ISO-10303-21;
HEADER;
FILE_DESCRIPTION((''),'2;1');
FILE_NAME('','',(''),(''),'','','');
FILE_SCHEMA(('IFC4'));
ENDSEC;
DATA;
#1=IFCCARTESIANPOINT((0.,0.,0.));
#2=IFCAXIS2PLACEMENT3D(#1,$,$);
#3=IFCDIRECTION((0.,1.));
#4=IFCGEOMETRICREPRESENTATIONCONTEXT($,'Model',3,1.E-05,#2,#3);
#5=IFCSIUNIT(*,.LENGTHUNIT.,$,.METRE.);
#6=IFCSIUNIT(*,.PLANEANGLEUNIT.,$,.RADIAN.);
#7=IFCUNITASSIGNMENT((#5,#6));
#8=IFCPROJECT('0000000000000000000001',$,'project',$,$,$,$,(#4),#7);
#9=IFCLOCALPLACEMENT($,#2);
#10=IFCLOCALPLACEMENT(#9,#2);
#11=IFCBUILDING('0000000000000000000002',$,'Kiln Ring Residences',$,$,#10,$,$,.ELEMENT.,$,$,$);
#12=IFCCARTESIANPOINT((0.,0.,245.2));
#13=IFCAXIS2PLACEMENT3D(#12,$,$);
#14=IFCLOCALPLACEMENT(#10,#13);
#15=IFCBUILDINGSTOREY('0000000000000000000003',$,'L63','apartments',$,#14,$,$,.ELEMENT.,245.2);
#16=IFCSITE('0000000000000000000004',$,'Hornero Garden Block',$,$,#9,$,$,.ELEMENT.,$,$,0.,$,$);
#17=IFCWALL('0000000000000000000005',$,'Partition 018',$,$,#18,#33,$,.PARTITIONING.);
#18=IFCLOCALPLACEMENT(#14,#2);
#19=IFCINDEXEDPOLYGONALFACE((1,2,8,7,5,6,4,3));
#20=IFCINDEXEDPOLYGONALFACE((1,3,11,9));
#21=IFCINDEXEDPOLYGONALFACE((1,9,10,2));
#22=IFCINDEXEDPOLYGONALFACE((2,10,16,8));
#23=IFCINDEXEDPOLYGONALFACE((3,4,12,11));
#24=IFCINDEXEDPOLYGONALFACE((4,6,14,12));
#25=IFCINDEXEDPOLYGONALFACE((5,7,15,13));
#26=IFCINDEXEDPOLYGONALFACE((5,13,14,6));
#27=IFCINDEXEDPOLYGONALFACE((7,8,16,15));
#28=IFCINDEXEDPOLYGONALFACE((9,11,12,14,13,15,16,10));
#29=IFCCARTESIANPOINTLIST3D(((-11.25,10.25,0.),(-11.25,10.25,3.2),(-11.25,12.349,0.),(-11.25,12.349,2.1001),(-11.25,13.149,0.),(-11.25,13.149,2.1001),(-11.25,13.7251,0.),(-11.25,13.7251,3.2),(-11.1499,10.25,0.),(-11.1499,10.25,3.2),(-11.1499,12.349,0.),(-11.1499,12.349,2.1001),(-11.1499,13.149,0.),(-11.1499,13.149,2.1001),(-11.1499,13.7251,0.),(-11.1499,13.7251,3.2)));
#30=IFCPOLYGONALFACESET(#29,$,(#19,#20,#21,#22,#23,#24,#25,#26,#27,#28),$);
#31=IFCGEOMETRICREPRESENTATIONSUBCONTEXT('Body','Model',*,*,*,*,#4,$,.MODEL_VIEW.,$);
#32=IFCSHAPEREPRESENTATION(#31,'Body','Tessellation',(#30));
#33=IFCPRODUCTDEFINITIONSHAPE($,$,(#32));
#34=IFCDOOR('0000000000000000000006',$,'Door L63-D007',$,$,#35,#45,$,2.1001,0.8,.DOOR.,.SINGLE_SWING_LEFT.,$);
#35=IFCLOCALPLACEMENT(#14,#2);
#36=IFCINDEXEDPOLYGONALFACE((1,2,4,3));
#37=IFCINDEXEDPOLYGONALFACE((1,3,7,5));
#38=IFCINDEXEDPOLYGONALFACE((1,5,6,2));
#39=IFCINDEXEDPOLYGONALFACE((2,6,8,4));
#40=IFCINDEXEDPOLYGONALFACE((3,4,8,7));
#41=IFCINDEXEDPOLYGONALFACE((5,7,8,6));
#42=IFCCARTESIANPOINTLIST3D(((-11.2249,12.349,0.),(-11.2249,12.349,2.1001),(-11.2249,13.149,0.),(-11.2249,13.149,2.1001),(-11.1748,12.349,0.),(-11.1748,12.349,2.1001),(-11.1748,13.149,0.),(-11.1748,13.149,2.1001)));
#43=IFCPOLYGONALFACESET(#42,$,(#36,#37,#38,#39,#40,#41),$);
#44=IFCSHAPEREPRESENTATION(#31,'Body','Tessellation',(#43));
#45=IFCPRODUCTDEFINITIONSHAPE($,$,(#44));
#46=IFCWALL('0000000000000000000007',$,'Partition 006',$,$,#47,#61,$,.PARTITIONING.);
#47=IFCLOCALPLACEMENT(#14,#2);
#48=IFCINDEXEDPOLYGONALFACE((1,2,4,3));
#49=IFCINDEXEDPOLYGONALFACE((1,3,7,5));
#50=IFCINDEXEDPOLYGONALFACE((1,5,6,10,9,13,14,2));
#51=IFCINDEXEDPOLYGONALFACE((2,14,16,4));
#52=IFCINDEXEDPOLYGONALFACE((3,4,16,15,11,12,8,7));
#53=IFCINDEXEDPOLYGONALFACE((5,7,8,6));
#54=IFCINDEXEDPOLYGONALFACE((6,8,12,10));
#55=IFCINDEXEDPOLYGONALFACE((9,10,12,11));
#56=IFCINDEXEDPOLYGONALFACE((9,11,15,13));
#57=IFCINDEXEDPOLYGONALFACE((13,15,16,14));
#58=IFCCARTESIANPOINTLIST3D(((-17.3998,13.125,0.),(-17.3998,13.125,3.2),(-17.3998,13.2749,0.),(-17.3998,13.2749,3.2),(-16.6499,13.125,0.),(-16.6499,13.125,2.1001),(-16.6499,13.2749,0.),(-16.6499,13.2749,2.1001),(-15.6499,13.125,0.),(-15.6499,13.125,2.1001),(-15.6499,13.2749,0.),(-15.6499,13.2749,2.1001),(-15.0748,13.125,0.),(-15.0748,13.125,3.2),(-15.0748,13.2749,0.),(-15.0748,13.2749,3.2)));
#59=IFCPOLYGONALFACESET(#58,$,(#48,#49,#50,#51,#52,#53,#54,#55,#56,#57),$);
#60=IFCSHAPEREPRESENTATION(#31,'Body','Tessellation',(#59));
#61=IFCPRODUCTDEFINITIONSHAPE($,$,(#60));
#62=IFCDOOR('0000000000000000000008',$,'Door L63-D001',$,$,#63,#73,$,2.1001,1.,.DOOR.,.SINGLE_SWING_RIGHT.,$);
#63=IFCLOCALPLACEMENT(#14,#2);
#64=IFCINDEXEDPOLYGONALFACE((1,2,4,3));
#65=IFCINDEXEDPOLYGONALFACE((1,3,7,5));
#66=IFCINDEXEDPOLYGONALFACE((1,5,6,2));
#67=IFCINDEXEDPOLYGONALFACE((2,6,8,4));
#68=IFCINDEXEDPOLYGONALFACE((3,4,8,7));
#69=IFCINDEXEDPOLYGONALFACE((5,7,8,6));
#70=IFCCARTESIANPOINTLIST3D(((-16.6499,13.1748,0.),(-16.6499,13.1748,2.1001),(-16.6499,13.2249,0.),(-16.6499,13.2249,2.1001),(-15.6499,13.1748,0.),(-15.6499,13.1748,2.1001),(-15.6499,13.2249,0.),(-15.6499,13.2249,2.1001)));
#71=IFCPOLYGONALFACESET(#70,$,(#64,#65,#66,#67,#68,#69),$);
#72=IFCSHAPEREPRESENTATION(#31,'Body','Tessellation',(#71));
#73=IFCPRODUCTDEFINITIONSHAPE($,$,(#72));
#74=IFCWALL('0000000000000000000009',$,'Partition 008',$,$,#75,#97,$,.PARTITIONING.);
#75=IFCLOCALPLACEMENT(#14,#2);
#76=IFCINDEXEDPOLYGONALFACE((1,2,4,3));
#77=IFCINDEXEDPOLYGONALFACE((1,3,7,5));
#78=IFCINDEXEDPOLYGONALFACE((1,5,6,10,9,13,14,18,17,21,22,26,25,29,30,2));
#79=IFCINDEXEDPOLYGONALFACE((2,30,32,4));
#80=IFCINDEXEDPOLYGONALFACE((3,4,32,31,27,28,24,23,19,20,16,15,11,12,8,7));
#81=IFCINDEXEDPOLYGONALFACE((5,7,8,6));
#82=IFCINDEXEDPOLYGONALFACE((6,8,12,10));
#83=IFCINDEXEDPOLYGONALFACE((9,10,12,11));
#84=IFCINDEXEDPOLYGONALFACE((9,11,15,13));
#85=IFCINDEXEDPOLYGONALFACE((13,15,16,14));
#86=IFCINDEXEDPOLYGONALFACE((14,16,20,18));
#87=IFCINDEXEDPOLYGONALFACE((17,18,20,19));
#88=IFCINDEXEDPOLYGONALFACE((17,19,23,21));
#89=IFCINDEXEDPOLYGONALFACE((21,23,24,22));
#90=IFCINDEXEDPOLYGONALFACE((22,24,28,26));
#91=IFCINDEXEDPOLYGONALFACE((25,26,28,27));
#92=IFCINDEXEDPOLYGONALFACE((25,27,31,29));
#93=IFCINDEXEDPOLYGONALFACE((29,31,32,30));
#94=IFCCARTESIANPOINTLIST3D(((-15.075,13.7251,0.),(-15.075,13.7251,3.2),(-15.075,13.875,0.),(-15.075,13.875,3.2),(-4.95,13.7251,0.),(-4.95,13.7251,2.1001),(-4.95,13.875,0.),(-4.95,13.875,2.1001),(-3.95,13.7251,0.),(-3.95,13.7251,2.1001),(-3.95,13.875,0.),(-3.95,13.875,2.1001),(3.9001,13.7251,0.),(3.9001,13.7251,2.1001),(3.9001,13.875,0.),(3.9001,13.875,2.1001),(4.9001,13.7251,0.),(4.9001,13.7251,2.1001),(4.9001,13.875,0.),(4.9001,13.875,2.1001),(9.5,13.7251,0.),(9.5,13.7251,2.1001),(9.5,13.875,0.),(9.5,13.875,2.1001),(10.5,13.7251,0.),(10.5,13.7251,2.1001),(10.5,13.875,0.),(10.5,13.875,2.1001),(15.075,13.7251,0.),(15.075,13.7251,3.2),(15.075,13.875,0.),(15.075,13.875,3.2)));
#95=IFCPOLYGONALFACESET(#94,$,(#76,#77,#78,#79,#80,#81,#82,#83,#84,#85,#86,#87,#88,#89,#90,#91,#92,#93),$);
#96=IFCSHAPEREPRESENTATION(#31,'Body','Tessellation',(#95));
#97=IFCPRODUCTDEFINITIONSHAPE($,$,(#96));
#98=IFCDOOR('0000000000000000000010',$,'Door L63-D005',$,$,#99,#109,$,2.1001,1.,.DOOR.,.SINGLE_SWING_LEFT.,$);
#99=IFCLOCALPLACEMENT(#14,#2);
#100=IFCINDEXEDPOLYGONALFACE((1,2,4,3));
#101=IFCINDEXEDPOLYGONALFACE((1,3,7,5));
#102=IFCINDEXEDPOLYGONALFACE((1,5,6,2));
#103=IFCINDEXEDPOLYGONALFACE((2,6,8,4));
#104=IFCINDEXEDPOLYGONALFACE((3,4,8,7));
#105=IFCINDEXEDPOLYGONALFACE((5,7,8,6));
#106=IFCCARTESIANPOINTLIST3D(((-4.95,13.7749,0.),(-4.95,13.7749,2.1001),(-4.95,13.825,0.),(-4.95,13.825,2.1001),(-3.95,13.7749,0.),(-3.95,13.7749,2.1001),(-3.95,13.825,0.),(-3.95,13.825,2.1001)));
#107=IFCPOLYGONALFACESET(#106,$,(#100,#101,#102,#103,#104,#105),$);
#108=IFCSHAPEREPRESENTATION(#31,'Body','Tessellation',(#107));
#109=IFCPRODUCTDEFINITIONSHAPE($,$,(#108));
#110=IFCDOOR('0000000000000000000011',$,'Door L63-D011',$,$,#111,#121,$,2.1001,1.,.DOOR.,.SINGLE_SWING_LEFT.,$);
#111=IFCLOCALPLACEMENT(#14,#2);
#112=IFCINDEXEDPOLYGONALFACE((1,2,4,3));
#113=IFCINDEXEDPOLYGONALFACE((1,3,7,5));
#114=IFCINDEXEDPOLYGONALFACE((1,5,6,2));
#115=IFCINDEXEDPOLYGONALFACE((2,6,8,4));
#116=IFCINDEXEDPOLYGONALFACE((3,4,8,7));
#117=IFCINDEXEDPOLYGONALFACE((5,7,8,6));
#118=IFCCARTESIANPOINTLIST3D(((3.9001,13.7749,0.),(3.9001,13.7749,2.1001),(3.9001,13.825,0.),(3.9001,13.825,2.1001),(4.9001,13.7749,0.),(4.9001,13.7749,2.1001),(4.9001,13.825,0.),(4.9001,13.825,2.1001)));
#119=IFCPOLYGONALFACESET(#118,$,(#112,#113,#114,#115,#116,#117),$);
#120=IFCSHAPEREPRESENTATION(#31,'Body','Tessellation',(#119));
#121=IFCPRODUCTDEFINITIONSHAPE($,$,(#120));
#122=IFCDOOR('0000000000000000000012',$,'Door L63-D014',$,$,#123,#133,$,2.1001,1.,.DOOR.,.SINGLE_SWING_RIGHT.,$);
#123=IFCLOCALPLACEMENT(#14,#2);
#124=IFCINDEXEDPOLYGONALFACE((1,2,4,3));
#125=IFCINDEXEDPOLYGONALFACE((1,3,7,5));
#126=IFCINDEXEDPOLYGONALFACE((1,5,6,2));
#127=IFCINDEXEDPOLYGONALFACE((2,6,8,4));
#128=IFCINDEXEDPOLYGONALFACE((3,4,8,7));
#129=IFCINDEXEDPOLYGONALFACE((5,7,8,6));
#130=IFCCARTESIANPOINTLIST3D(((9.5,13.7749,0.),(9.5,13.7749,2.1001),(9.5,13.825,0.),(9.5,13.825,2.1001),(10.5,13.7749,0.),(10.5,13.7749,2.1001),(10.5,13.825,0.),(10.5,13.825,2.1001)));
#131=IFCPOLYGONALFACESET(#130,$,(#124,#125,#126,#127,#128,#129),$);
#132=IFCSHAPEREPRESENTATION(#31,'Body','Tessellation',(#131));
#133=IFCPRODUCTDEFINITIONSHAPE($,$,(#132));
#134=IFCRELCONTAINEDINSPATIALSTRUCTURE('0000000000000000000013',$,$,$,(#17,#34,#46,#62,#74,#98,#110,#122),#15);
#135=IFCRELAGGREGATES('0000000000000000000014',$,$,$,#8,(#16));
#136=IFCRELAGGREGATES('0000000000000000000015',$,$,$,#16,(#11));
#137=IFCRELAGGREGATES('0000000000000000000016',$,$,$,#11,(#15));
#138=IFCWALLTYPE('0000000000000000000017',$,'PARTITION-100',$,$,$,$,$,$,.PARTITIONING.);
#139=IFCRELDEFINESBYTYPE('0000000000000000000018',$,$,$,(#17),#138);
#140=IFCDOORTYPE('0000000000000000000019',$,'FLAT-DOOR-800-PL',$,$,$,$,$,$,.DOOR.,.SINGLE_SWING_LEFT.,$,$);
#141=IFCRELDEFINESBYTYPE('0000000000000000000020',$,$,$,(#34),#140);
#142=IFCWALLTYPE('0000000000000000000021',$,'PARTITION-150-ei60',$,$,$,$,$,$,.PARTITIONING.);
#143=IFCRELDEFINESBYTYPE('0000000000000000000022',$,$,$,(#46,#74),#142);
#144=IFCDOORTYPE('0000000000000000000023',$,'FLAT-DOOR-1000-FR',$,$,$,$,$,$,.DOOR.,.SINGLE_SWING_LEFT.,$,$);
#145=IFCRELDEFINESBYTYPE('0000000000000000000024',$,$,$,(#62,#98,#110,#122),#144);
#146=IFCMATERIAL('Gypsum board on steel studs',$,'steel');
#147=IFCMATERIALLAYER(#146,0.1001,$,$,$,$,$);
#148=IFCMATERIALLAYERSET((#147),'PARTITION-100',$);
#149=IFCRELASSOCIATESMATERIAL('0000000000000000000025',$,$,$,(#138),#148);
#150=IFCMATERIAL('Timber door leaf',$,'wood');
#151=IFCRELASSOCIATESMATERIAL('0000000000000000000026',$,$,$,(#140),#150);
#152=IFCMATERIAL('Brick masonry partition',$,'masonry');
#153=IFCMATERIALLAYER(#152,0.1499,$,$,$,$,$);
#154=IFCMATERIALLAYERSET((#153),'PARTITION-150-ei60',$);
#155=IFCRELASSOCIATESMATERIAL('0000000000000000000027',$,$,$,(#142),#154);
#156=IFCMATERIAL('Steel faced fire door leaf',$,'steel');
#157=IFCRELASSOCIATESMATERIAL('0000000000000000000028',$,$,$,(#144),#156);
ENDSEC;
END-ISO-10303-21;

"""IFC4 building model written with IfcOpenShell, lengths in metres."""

from ifc_helpers import new_model, si_unit, direction, frame, frame_2d, origin, place, context, subcontext, project, spatial, rectangle, extrude, material, layer, layer_set, type_object, element, fill, save


model = new_model("IFC4")

# Units and contexts
model_context = context("Model", 3, precision=1e-05, world=origin(), true_north=direction((0.0, 1.0)))
body_context = subcontext(model_context, "Body", "Model", "MODEL_VIEW")
ifc_project = project(units=[si_unit("LENGTHUNIT", "METRE"), si_unit("PLANEANGLEUNIT", "RADIAN")], contexts=[model_context])

# Site, building, storey
site_placement = place(None, origin())
site = spatial("IfcSite", under=ifc_project, at=site_placement, Name="Hornero Garden Block", CompositionType="ELEMENT", RefElevation=0.0)
building_placement = place(site_placement, origin())
building = spatial("IfcBuilding", under=site, at=building_placement, Name="Kiln Ring Residences", CompositionType="ELEMENT")
storey_placement = place(building_placement, frame((0.0, 0.0, 245.2)))
storey = spatial("IfcBuildingStorey", under=building, at=storey_placement, Name="L63", Description="apartments", CompositionType="ELEMENT", Elevation=245.2)

# Shared definitions
ifc_material_1 = material(Name="Gypsum board on steel studs", Category="steel")
ifc_layer_1 = layer(ifc_material_1, 0.1001)
ifc_layer_set_1 = layer_set([ifc_layer_1], Name="PARTITION-100")
wall_type_1 = type_object("IfcWallType", Name="PARTITION-100", PredefinedType="PARTITIONING", material=ifc_layer_set_1)
ifc_material_2 = material(Name="Timber door leaf", Category="wood")
door_type_1 = type_object("IfcDoorType", Name="FLAT-DOOR-800-PL", OperationType="SINGLE_SWING_LEFT", PredefinedType="DOOR", material=ifc_material_2)

# Walls, openings, doors
wall_1_placement = place(storey_placement, frame((-11.2, 10.25, 0.0), z_axis=(0.0, 0.0, 1.0), x_axis=(0.0, 1.0, 0.0)))
wall_1 = element("IfcWall", 1, at=wall_1_placement, inside=storey, type_object=wall_type_1, Name="Partition 018", PredefinedType="PARTITIONING", context=body_context, shape_type="SweptSolid", body=[
    extrude(rectangle(XDim=3.4751, YDim=0.1001, at=frame_2d((1.7375, 0.0))), origin(), (0.0, 0.0, 1.0), 3.2),
])
opening_1_placement = place(wall_1_placement, frame((2.0991, 0.0, 0.0)))
opening_1 = element("IfcOpeningElement", 2, at=opening_1_placement, cuts=wall_1, PredefinedType="OPENING", context=body_context, shape_type="SweptSolid", body=[
    extrude(rectangle(XDim=0.8, YDim=2.1001, at=frame_2d((0.3999, 1.05))), frame((0.0, 0.0601, 0.0), z_axis=(0.0, -1.0, 0.0), x_axis=(1.0, 0.0, 0.0)), (0.0, 0.0, 1.0), 0.1201),
])
door_1_placement = place(opening_1_placement, origin())
door_1 = element("IfcDoor", 3, at=door_1_placement, inside=storey, type_object=door_type_1, Name="Door L63-D007", OperationType="SINGLE_SWING_LEFT", OverallHeight=2.1001, OverallWidth=0.8, PredefinedType="DOOR", context=body_context, shape_type="SweptSolid", body=[
    extrude(rectangle(XDim=0.8, YDim=2.1001, at=frame_2d((0.3999, 1.05))), frame((0.0, 0.0249, 0.0), z_axis=(0.0, -1.0, 0.0), x_axis=(1.0, 0.0, 0.0)), (0.0, 0.0, 1.0), 0.05),
])
fill(opening_1, door_1)
ifc_material_3 = material(Name="Brick masonry partition", Category="masonry")
ifc_layer_2 = layer(ifc_material_3, 0.1499)
ifc_layer_set_2 = layer_set([ifc_layer_2], Name="PARTITION-150-ei60")
wall_type_2 = type_object("IfcWallType", Name="PARTITION-150-ei60", PredefinedType="PARTITIONING", material=ifc_layer_set_2)
wall_2_placement = place(storey_placement, frame((-17.3999, 13.2, 0.0), z_axis=(0.0, 0.0, 1.0), x_axis=(1.0, 0.0, 0.0)))
wall_2 = element("IfcWall", 4, at=wall_2_placement, inside=storey, type_object=wall_type_2, Name="Partition 006", PredefinedType="PARTITIONING", context=body_context, shape_type="SweptSolid", body=[
    extrude(rectangle(XDim=2.325, YDim=0.1499, at=frame_2d((1.1626, 0.0))), origin(), (0.0, 0.0, 1.0), 3.2),
])
opening_2_placement = place(wall_2_placement, frame((0.75, 0.0, 0.0)))
opening_2 = element("IfcOpeningElement", 5, at=opening_2_placement, cuts=wall_2, PredefinedType="OPENING", context=body_context, shape_type="SweptSolid", body=[
    extrude(rectangle(XDim=1.0, YDim=2.1001, at=frame_2d((0.5, 1.05))), frame((0.0, 0.085, 0.0), z_axis=(0.0, -1.0, 0.0), x_axis=(1.0, 0.0, 0.0)), (0.0, 0.0, 1.0), 0.1699),
])
ifc_material_4 = material(Name="Steel faced fire door leaf", Category="steel")
door_type_2 = type_object("IfcDoorType", Name="FLAT-DOOR-1000-FR", OperationType="SINGLE_SWING_LEFT", PredefinedType="DOOR", material=ifc_material_4)
door_2_placement = place(opening_2_placement, origin())
door_2 = element("IfcDoor", 6, at=door_2_placement, inside=storey, type_object=door_type_2, Name="Door L63-D001", OperationType="SINGLE_SWING_RIGHT", OverallHeight=2.1001, OverallWidth=1.0, PredefinedType="DOOR", context=body_context, shape_type="SweptSolid", body=[
    extrude(rectangle(XDim=1.0, YDim=2.1001, at=frame_2d((0.5, 1.05))), frame((0.0, 0.0249, 0.0), z_axis=(0.0, -1.0, 0.0), x_axis=(1.0, 0.0, 0.0)), (0.0, 0.0, 1.0), 0.05),
])
fill(opening_2, door_2)

# Wall, openings, doors
wall_3_placement = place(storey_placement, frame((-15.075, 13.8, 0.0), z_axis=(0.0, 0.0, 1.0), x_axis=(1.0, 0.0, 0.0)))
wall_3 = element("IfcWall", 7, at=wall_3_placement, inside=storey, type_object=wall_type_2, Name="Partition 008", PredefinedType="PARTITIONING", context=body_context, shape_type="SweptSolid", body=[
    extrude(rectangle(XDim=30.1499, YDim=0.1499, at=frame_2d((15.075, 0.0))), origin(), (0.0, 0.0, 1.0), 3.2),
])
opening_3_placement = place(wall_3_placement, frame((10.125, 0.0, 0.0)))
opening_3 = element("IfcOpeningElement", 8, at=opening_3_placement, cuts=wall_3, PredefinedType="OPENING", context=body_context, shape_type="SweptSolid", body=[
    extrude(rectangle(XDim=1.0, YDim=2.1001, at=frame_2d((0.5, 1.05))), frame((0.0, 0.085, 0.0), z_axis=(0.0, -1.0, 0.0), x_axis=(1.0, 0.0, 0.0)), (0.0, 0.0, 1.0), 0.1699),
])
opening_4_placement = place(wall_3_placement, frame((18.9751, 0.0, 0.0)))
opening_4 = element("IfcOpeningElement", 9, at=opening_4_placement, cuts=wall_3, PredefinedType="OPENING", context=body_context, shape_type="SweptSolid", body=[
    extrude(rectangle(XDim=1.0, YDim=2.1001, at=frame_2d((0.5, 1.05))), frame((0.0, 0.085, 0.0), z_axis=(0.0, -1.0, 0.0), x_axis=(1.0, 0.0, 0.0)), (0.0, 0.0, 1.0), 0.1699),
])
opening_5_placement = place(wall_3_placement, frame((24.575, 0.0, 0.0)))
opening_5 = element("IfcOpeningElement", 10, at=opening_5_placement, cuts=wall_3, PredefinedType="OPENING", context=body_context, shape_type="SweptSolid", body=[
    extrude(rectangle(XDim=1.0, YDim=2.1001, at=frame_2d((0.5, 1.05))), frame((0.0, 0.085, 0.0), z_axis=(0.0, -1.0, 0.0), x_axis=(1.0, 0.0, 0.0)), (0.0, 0.0, 1.0), 0.1699),
])
door_3_placement = place(opening_3_placement, origin())
door_3 = element("IfcDoor", 11, at=door_3_placement, inside=storey, type_object=door_type_2, Name="Door L63-D005", OperationType="SINGLE_SWING_LEFT", OverallHeight=2.1001, OverallWidth=1.0, PredefinedType="DOOR", context=body_context, shape_type="SweptSolid", body=[
    extrude(rectangle(XDim=1.0, YDim=2.1001, at=frame_2d((0.5, 1.05))), frame((0.0, 0.0249, 0.0), z_axis=(0.0, -1.0, 0.0), x_axis=(1.0, 0.0, 0.0)), (0.0, 0.0, 1.0), 0.05),
])
fill(opening_3, door_3)
door_4_placement = place(opening_4_placement, origin())
door_4 = element("IfcDoor", 12, at=door_4_placement, inside=storey, type_object=door_type_2, Name="Door L63-D011", OperationType="SINGLE_SWING_LEFT", OverallHeight=2.1001, OverallWidth=1.0, PredefinedType="DOOR", context=body_context, shape_type="SweptSolid", body=[
    extrude(rectangle(XDim=1.0, YDim=2.1001, at=frame_2d((0.5, 1.05))), frame((0.0, 0.0249, 0.0), z_axis=(0.0, -1.0, 0.0), x_axis=(1.0, 0.0, 0.0)), (0.0, 0.0, 1.0), 0.05),
])
fill(opening_4, door_4)
door_5_placement = place(opening_5_placement, origin())
door_5 = element("IfcDoor", 13, at=door_5_placement, inside=storey, type_object=door_type_2, Name="Door L63-D014", OperationType="SINGLE_SWING_RIGHT", OverallHeight=2.1001, OverallWidth=1.0, PredefinedType="DOOR", context=body_context, shape_type="SweptSolid", body=[
    extrude(rectangle(XDim=1.0, YDim=2.1001, at=frame_2d((0.5, 1.05))), frame((0.0, 0.0249, 0.0), z_axis=(0.0, -1.0, 0.0), x_axis=(1.0, 0.0, 0.0)), (0.0, 0.0, 1.0), 0.05),
])
fill(opening_5, door_5)

save(model, "model.ifc")
